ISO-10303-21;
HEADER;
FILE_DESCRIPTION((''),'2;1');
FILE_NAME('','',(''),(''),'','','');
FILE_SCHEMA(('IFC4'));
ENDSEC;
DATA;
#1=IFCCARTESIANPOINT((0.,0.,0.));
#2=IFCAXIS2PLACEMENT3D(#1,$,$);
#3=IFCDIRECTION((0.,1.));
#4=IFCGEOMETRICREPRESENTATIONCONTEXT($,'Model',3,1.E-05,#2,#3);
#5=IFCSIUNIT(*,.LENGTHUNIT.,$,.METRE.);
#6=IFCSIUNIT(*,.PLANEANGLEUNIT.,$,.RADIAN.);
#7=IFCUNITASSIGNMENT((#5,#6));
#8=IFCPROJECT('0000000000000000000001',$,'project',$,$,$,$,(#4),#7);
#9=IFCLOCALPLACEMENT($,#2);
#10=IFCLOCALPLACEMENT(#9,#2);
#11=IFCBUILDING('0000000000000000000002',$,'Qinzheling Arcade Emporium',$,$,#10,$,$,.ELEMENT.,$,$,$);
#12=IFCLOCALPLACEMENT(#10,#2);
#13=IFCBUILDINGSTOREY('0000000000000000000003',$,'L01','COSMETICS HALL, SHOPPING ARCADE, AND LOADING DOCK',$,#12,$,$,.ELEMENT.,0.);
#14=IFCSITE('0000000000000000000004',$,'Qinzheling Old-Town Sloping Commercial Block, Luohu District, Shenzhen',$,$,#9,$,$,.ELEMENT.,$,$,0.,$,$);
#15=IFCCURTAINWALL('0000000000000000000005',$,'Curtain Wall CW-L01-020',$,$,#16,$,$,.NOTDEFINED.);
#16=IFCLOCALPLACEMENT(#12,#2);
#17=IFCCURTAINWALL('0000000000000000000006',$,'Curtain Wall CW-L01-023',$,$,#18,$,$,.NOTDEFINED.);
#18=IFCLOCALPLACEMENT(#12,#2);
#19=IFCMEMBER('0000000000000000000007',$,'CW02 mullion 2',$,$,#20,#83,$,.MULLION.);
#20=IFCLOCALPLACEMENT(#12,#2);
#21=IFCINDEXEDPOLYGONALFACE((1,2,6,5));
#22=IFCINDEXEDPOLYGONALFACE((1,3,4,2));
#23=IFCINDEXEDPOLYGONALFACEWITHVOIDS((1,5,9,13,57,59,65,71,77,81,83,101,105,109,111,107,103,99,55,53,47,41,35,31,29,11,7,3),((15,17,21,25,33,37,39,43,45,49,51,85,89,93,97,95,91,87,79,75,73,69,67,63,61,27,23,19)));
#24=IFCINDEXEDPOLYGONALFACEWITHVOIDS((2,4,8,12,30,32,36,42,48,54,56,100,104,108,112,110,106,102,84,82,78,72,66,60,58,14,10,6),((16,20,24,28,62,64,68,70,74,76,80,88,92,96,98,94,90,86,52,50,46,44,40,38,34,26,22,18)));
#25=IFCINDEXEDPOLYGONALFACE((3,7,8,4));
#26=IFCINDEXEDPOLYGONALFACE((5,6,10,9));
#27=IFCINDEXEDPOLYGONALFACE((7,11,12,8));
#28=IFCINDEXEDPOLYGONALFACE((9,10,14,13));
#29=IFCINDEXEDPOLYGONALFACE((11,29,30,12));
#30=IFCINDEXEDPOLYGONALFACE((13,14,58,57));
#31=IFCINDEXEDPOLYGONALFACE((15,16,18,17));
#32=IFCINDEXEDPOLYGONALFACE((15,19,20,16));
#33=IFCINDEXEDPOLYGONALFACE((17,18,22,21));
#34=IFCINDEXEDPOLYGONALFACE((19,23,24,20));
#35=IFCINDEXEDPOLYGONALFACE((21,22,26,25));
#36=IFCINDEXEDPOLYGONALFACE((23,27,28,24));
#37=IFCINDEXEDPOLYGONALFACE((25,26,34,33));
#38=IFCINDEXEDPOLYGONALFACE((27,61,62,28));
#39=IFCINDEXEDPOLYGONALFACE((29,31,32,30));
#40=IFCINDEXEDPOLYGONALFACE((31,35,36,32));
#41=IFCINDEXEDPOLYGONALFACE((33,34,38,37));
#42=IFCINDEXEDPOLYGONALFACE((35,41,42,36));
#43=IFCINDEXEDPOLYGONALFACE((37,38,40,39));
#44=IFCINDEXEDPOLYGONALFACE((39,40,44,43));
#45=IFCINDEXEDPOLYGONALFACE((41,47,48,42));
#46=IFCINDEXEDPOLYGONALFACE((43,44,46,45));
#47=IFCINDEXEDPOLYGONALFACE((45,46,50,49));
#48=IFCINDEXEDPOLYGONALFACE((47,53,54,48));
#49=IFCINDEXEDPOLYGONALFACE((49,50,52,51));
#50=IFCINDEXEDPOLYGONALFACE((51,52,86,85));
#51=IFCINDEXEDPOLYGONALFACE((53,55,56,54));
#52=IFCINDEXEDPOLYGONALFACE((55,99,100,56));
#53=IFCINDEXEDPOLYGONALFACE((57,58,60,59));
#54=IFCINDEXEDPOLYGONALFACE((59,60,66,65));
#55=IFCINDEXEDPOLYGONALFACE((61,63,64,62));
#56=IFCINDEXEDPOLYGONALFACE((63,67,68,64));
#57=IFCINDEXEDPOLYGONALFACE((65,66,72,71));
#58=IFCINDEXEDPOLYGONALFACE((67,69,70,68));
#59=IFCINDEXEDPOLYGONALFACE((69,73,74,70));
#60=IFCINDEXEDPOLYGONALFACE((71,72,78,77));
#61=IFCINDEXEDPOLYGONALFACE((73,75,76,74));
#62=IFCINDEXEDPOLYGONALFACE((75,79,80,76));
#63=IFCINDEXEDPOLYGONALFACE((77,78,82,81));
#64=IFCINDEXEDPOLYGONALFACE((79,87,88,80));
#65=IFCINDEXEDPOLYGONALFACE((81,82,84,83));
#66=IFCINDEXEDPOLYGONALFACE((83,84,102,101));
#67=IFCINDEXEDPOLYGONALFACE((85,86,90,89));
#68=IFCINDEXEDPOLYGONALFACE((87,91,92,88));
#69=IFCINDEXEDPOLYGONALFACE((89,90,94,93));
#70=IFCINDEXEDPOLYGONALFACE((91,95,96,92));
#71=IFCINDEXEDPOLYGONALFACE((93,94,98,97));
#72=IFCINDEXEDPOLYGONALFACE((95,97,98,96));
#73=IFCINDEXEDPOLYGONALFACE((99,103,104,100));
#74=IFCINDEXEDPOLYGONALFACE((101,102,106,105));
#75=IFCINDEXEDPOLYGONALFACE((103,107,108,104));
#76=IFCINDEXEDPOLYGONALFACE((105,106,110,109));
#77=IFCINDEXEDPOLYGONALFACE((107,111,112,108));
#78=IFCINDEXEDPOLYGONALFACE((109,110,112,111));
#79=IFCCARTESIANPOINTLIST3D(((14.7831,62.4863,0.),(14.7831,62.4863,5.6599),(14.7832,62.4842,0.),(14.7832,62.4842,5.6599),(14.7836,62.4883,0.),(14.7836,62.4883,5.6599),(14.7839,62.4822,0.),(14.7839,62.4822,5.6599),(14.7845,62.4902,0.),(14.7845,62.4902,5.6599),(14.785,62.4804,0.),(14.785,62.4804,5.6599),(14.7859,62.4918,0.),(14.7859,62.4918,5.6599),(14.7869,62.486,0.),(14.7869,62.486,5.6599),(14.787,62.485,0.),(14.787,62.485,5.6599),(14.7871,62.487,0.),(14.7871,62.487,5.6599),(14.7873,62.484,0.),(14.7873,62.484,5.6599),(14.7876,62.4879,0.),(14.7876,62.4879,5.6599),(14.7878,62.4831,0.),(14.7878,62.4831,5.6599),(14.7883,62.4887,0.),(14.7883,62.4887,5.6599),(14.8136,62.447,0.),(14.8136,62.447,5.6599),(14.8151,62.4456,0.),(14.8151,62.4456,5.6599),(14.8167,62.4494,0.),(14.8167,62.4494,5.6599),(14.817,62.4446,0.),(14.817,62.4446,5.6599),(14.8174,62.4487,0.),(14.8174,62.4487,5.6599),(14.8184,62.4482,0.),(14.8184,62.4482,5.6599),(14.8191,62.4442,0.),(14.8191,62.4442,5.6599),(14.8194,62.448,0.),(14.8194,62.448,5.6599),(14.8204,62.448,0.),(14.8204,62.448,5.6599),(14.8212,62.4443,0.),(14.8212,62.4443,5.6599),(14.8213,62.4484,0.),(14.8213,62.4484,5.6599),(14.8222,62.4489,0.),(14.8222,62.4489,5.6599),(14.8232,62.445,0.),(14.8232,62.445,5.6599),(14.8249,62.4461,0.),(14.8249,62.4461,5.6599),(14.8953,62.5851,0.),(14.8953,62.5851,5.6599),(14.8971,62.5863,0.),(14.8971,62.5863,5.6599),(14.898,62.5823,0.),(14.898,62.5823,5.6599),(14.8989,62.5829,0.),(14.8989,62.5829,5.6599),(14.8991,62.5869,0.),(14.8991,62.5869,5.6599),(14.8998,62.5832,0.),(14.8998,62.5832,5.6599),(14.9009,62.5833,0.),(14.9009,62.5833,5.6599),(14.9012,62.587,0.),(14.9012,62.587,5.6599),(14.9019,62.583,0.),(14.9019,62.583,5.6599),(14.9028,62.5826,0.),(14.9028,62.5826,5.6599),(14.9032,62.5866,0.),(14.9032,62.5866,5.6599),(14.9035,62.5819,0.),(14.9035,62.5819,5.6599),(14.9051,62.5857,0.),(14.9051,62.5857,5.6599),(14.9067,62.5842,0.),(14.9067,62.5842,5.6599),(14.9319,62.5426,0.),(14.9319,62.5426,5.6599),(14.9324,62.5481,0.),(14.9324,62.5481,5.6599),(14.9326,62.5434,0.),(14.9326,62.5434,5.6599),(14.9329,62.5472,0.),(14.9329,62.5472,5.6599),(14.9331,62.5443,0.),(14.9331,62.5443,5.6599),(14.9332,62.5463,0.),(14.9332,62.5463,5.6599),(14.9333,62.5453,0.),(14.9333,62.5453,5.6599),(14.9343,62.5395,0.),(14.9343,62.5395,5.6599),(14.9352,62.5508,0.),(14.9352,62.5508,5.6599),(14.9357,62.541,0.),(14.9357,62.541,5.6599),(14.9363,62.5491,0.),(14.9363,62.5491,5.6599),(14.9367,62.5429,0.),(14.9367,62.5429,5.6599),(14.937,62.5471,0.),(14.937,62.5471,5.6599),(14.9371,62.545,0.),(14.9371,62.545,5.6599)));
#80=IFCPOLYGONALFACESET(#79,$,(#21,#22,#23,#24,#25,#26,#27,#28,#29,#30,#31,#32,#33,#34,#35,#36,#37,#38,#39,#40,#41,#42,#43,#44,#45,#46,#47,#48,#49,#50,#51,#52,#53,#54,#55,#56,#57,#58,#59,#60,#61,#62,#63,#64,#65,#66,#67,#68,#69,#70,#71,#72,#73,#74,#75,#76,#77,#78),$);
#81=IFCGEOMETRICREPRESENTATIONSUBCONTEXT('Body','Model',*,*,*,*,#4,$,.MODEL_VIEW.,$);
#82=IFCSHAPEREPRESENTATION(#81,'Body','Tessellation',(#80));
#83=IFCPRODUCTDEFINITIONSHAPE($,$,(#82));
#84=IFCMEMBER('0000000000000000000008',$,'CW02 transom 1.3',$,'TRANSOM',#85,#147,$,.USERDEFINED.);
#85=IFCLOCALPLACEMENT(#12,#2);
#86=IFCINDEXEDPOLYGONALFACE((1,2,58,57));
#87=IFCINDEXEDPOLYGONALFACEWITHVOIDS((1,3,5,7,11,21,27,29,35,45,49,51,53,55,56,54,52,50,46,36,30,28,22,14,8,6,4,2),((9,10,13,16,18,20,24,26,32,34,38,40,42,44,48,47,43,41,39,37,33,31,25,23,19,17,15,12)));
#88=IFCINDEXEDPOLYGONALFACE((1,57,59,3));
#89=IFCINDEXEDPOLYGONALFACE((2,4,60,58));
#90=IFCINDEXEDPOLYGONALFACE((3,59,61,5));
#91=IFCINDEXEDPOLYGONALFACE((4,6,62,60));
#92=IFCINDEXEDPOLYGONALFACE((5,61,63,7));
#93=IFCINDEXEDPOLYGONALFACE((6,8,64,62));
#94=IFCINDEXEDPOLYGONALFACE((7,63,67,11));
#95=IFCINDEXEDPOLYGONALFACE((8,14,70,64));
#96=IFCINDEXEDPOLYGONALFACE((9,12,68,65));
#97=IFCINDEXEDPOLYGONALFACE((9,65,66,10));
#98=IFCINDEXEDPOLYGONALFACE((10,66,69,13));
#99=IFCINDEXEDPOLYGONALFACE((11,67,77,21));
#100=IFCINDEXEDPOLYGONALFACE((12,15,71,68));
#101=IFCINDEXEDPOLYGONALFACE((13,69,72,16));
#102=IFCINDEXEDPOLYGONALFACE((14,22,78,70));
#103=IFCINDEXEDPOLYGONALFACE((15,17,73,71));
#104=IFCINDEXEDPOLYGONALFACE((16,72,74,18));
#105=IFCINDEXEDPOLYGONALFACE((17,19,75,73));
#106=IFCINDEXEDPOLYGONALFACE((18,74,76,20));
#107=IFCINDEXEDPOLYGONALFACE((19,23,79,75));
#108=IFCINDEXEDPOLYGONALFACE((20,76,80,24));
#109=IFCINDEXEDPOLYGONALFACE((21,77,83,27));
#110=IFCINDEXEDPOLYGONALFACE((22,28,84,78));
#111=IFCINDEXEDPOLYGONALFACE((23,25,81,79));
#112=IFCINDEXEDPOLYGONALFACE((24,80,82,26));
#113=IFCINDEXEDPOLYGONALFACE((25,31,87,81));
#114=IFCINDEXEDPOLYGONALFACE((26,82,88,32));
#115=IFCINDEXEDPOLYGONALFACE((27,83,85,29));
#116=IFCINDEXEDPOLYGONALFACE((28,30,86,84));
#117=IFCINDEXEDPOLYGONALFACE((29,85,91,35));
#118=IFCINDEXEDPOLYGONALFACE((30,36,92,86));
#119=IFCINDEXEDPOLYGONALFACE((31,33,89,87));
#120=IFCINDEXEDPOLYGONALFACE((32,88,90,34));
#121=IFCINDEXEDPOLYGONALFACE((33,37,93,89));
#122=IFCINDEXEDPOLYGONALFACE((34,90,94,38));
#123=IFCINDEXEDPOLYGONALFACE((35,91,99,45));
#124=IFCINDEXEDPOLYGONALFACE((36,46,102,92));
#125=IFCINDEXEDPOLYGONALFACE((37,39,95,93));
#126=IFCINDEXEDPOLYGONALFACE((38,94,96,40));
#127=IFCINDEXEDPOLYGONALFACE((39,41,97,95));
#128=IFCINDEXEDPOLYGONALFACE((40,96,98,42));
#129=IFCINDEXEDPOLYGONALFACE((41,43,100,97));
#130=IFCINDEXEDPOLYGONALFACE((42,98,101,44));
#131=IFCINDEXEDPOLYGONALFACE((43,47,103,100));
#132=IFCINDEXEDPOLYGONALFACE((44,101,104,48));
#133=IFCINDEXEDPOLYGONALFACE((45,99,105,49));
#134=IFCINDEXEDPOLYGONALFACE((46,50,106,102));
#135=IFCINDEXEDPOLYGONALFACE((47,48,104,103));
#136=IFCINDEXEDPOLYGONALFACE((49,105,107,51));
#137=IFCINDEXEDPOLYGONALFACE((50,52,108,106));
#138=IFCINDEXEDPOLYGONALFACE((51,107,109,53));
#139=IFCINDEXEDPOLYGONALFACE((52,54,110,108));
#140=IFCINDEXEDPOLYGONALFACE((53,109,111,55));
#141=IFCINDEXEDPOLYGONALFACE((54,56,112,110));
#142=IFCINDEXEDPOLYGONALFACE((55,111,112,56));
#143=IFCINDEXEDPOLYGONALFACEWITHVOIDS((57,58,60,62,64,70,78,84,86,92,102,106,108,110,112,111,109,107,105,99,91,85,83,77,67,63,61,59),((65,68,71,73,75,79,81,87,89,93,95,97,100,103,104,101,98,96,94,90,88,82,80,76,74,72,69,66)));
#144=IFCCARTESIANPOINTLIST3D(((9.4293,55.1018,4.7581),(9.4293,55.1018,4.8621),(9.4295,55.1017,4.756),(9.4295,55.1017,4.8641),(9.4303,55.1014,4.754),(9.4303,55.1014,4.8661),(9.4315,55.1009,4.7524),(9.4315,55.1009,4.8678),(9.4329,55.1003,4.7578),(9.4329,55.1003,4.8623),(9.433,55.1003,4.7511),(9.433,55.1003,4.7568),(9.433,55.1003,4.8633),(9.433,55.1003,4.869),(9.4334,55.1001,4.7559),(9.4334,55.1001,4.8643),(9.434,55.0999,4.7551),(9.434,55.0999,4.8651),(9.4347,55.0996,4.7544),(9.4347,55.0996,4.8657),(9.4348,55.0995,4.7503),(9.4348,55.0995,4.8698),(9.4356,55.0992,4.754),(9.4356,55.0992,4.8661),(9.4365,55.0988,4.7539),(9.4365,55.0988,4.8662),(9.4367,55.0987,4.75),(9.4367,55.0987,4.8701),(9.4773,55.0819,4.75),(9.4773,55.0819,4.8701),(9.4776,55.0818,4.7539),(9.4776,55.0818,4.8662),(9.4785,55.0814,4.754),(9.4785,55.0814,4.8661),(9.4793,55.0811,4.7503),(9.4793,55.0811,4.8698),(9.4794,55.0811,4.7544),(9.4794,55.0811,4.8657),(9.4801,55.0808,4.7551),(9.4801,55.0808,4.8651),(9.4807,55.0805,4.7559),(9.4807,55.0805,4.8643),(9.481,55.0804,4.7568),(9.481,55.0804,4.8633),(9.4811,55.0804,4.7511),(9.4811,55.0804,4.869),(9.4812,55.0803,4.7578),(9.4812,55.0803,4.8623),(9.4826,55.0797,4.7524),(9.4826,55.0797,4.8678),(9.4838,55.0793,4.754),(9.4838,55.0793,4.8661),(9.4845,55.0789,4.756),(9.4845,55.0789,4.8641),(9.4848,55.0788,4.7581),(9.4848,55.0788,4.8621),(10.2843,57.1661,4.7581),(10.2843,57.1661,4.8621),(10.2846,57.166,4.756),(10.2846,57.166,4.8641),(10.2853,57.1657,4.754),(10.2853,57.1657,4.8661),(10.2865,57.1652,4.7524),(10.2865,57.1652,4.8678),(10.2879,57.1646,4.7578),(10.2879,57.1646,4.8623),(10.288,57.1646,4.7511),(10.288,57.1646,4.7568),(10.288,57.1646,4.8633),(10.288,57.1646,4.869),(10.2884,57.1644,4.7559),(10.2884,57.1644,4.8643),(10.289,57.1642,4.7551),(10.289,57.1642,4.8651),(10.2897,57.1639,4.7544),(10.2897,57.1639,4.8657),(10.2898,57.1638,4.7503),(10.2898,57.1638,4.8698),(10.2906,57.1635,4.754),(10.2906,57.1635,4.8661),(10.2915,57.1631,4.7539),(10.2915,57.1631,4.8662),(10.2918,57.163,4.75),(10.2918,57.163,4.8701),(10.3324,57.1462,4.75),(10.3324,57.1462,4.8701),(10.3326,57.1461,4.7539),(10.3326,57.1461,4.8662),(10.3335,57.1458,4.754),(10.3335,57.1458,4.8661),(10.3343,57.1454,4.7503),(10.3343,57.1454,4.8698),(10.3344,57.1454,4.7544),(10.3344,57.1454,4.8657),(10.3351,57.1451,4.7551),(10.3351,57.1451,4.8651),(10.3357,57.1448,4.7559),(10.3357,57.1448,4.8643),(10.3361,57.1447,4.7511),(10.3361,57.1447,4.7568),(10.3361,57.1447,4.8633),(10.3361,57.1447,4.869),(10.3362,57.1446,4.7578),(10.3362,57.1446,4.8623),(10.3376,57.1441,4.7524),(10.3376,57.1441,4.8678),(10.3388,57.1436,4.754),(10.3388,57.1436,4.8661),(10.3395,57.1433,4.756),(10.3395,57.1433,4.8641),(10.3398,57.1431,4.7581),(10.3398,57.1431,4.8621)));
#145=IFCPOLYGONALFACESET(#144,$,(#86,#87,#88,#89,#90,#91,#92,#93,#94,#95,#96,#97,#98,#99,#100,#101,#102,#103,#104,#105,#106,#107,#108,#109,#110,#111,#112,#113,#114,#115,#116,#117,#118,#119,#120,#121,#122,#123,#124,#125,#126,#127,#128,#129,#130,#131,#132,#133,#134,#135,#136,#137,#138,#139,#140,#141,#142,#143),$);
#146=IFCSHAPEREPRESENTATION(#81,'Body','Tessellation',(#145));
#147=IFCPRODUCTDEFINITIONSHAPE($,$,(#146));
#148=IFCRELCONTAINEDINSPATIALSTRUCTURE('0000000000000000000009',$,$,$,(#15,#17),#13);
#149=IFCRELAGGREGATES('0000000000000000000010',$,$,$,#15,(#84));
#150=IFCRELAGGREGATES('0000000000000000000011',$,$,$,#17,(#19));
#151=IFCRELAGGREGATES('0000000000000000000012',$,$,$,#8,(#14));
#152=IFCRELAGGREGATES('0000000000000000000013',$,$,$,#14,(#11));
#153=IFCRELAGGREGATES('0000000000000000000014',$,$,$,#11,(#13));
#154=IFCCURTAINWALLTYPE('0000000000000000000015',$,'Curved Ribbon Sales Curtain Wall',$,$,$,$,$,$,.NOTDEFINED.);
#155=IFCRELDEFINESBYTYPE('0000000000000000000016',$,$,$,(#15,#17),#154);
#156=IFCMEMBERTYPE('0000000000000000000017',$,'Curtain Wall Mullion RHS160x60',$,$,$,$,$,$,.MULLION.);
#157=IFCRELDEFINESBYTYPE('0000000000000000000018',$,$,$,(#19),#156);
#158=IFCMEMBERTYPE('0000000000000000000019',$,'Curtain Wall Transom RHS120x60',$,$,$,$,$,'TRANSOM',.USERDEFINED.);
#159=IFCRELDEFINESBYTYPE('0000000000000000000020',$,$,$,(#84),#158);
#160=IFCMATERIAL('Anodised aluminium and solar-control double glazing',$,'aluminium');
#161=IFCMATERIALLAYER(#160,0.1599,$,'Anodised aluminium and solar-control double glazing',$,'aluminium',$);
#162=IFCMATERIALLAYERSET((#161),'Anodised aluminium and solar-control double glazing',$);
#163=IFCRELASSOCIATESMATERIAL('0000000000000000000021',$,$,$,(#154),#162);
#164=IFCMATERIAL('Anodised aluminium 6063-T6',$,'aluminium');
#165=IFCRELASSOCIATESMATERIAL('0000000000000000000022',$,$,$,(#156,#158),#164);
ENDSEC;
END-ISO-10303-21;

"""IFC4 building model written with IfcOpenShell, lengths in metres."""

from ifc_helpers import new_model, si_unit, direction, frame, origin, origin_2d, place, context, subcontext, project, spatial, hollow_rectangle, extrude, material, layer, layer_set, material_profile, profile_set, type_object, element, aggregate, save


model = new_model("IFC4")

# Units and contexts
model_context = context("Model", 3, precision=1e-05, world=origin(), true_north=direction((0.0, 1.0)))
body_context = subcontext(model_context, "Body", "Model", "MODEL_VIEW")
ifc_project = project(units=[si_unit("LENGTHUNIT", "METRE"), si_unit("PLANEANGLEUNIT", "RADIAN")], contexts=[model_context])

# Site, building, storey
site_placement = place(None, origin())
site = spatial("IfcSite", under=ifc_project, at=site_placement, Name="Qinzheling Old-Town Sloping Commercial Block, Luohu District, Shenzhen", CompositionType="ELEMENT", RefElevation=0.0)
building_placement = place(site_placement, origin())
building = spatial("IfcBuilding", under=site, at=building_placement, Name="Qinzheling Arcade Emporium", CompositionType="ELEMENT")
storey_placement = place(building_placement, origin())
storey = spatial("IfcBuildingStorey", under=building, at=storey_placement, Name="L01", Description="COSMETICS HALL, SHOPPING ARCADE, AND LOADING DOCK", CompositionType="ELEMENT", Elevation=0.0)

# Curtain wall
ifc_material_1 = material(Name="Anodised aluminium and solar-control double glazing", Category="aluminium")
ifc_layer_1 = layer(ifc_material_1, 0.1599, Name="Anodised aluminium and solar-control double glazing", Category="aluminium")
ifc_layer_set_1 = layer_set([ifc_layer_1], Name="Anodised aluminium and solar-control double glazing")
curtain_wall_type = type_object("IfcCurtainWallType", Name="Curved Ribbon Sales Curtain Wall", PredefinedType="NOTDEFINED", material=ifc_layer_set_1)
curtain_wall_1_placement = place(storey_placement, origin())
curtain_wall_1 = element("IfcCurtainWall", 1, at=curtain_wall_1_placement, inside=storey, type_object=curtain_wall_type, Name="Curtain Wall CW-L01-020", PredefinedType="NOTDEFINED")
ifc_material_2 = material(Name="Anodised aluminium 6063-T6", Category="aluminium")
ifc_material_profile_1 = material_profile(ifc_material_2, hollow_rectangle(XDim=0.0601, YDim=0.1599, WallThickness=0.0039, InnerFilletRadius=0.0039, OuterFilletRadius=0.0081, at=origin_2d()), Name="RHS 160x60x4", Category="aluminium")
ifc_profile_set_1 = profile_set([ifc_material_profile_1], Name="Anodised aluminium 6063-T6")
member_type_1 = type_object("IfcMemberType", Name="Curtain Wall Mullion RHS160x60", PredefinedType="MULLION", material=ifc_profile_set_1)

# Curtain wall, member
curtain_wall_2_placement = place(storey_placement, origin())
curtain_wall_2 = element("IfcCurtainWall", 2, at=curtain_wall_2_placement, inside=storey, type_object=curtain_wall_type, Name="Curtain Wall CW-L01-023", PredefinedType="NOTDEFINED")
member_1_placement = place(storey_placement, frame((14.8601, 62.5156, 0.0), z_axis=(0.0, 0.0, 1.0), x_axis=(-0.64925, 0.760575, 0.0)))
member_1 = element("IfcMember", 3, at=member_1_placement, type_object=member_type_1, Name="CW02 mullion 2", PredefinedType="MULLION", context=body_context, shape_type="SweptSolid", body=[
    extrude(hollow_rectangle(XDim=0.0601, YDim=0.1599, WallThickness=0.0039, InnerFilletRadius=0.0039, OuterFilletRadius=0.0081, at=origin_2d()), origin(), (0.0, 0.0, 1.0), 5.6599),
])

# Member
ifc_material_profile_2 = material_profile(ifc_material_2, hollow_rectangle(XDim=0.0601, YDim=0.1201, WallThickness=0.0039, InnerFilletRadius=0.0039, OuterFilletRadius=0.0081, at=origin_2d()), Name="RHS 120x60x4", Category="aluminium")
ifc_profile_set_2 = profile_set([ifc_material_profile_2], Name="Anodised aluminium 6063-T6")
member_type_2 = type_object("IfcMemberType", Name="Curtain Wall Transom RHS120x60", ElementType="TRANSOM", PredefinedType="USERDEFINED", material=ifc_profile_set_2)
member_2_placement = place(storey_placement, frame((9.457, 55.0903, 4.8101), z_axis=(0.382667, 0.923886, 0.0), x_axis=(-0.923886, 0.382667, 0.0)))
member_2 = element("IfcMember", 4, at=member_2_placement, type_object=member_type_2, Name="CW02 transom 1.3", ObjectType="TRANSOM", PredefinedType="USERDEFINED", context=body_context, shape_type="SweptSolid", body=[
    extrude(hollow_rectangle(XDim=0.0601, YDim=0.1201, WallThickness=0.0039, InnerFilletRadius=0.0039, OuterFilletRadius=0.0081, at=origin_2d()), origin(), (0.0, 0.0, 1.0), 2.2344),
])

aggregate(curtain_wall_1, [member_2])
aggregate(curtain_wall_2, [member_1])

save(model, "model.ifc")
